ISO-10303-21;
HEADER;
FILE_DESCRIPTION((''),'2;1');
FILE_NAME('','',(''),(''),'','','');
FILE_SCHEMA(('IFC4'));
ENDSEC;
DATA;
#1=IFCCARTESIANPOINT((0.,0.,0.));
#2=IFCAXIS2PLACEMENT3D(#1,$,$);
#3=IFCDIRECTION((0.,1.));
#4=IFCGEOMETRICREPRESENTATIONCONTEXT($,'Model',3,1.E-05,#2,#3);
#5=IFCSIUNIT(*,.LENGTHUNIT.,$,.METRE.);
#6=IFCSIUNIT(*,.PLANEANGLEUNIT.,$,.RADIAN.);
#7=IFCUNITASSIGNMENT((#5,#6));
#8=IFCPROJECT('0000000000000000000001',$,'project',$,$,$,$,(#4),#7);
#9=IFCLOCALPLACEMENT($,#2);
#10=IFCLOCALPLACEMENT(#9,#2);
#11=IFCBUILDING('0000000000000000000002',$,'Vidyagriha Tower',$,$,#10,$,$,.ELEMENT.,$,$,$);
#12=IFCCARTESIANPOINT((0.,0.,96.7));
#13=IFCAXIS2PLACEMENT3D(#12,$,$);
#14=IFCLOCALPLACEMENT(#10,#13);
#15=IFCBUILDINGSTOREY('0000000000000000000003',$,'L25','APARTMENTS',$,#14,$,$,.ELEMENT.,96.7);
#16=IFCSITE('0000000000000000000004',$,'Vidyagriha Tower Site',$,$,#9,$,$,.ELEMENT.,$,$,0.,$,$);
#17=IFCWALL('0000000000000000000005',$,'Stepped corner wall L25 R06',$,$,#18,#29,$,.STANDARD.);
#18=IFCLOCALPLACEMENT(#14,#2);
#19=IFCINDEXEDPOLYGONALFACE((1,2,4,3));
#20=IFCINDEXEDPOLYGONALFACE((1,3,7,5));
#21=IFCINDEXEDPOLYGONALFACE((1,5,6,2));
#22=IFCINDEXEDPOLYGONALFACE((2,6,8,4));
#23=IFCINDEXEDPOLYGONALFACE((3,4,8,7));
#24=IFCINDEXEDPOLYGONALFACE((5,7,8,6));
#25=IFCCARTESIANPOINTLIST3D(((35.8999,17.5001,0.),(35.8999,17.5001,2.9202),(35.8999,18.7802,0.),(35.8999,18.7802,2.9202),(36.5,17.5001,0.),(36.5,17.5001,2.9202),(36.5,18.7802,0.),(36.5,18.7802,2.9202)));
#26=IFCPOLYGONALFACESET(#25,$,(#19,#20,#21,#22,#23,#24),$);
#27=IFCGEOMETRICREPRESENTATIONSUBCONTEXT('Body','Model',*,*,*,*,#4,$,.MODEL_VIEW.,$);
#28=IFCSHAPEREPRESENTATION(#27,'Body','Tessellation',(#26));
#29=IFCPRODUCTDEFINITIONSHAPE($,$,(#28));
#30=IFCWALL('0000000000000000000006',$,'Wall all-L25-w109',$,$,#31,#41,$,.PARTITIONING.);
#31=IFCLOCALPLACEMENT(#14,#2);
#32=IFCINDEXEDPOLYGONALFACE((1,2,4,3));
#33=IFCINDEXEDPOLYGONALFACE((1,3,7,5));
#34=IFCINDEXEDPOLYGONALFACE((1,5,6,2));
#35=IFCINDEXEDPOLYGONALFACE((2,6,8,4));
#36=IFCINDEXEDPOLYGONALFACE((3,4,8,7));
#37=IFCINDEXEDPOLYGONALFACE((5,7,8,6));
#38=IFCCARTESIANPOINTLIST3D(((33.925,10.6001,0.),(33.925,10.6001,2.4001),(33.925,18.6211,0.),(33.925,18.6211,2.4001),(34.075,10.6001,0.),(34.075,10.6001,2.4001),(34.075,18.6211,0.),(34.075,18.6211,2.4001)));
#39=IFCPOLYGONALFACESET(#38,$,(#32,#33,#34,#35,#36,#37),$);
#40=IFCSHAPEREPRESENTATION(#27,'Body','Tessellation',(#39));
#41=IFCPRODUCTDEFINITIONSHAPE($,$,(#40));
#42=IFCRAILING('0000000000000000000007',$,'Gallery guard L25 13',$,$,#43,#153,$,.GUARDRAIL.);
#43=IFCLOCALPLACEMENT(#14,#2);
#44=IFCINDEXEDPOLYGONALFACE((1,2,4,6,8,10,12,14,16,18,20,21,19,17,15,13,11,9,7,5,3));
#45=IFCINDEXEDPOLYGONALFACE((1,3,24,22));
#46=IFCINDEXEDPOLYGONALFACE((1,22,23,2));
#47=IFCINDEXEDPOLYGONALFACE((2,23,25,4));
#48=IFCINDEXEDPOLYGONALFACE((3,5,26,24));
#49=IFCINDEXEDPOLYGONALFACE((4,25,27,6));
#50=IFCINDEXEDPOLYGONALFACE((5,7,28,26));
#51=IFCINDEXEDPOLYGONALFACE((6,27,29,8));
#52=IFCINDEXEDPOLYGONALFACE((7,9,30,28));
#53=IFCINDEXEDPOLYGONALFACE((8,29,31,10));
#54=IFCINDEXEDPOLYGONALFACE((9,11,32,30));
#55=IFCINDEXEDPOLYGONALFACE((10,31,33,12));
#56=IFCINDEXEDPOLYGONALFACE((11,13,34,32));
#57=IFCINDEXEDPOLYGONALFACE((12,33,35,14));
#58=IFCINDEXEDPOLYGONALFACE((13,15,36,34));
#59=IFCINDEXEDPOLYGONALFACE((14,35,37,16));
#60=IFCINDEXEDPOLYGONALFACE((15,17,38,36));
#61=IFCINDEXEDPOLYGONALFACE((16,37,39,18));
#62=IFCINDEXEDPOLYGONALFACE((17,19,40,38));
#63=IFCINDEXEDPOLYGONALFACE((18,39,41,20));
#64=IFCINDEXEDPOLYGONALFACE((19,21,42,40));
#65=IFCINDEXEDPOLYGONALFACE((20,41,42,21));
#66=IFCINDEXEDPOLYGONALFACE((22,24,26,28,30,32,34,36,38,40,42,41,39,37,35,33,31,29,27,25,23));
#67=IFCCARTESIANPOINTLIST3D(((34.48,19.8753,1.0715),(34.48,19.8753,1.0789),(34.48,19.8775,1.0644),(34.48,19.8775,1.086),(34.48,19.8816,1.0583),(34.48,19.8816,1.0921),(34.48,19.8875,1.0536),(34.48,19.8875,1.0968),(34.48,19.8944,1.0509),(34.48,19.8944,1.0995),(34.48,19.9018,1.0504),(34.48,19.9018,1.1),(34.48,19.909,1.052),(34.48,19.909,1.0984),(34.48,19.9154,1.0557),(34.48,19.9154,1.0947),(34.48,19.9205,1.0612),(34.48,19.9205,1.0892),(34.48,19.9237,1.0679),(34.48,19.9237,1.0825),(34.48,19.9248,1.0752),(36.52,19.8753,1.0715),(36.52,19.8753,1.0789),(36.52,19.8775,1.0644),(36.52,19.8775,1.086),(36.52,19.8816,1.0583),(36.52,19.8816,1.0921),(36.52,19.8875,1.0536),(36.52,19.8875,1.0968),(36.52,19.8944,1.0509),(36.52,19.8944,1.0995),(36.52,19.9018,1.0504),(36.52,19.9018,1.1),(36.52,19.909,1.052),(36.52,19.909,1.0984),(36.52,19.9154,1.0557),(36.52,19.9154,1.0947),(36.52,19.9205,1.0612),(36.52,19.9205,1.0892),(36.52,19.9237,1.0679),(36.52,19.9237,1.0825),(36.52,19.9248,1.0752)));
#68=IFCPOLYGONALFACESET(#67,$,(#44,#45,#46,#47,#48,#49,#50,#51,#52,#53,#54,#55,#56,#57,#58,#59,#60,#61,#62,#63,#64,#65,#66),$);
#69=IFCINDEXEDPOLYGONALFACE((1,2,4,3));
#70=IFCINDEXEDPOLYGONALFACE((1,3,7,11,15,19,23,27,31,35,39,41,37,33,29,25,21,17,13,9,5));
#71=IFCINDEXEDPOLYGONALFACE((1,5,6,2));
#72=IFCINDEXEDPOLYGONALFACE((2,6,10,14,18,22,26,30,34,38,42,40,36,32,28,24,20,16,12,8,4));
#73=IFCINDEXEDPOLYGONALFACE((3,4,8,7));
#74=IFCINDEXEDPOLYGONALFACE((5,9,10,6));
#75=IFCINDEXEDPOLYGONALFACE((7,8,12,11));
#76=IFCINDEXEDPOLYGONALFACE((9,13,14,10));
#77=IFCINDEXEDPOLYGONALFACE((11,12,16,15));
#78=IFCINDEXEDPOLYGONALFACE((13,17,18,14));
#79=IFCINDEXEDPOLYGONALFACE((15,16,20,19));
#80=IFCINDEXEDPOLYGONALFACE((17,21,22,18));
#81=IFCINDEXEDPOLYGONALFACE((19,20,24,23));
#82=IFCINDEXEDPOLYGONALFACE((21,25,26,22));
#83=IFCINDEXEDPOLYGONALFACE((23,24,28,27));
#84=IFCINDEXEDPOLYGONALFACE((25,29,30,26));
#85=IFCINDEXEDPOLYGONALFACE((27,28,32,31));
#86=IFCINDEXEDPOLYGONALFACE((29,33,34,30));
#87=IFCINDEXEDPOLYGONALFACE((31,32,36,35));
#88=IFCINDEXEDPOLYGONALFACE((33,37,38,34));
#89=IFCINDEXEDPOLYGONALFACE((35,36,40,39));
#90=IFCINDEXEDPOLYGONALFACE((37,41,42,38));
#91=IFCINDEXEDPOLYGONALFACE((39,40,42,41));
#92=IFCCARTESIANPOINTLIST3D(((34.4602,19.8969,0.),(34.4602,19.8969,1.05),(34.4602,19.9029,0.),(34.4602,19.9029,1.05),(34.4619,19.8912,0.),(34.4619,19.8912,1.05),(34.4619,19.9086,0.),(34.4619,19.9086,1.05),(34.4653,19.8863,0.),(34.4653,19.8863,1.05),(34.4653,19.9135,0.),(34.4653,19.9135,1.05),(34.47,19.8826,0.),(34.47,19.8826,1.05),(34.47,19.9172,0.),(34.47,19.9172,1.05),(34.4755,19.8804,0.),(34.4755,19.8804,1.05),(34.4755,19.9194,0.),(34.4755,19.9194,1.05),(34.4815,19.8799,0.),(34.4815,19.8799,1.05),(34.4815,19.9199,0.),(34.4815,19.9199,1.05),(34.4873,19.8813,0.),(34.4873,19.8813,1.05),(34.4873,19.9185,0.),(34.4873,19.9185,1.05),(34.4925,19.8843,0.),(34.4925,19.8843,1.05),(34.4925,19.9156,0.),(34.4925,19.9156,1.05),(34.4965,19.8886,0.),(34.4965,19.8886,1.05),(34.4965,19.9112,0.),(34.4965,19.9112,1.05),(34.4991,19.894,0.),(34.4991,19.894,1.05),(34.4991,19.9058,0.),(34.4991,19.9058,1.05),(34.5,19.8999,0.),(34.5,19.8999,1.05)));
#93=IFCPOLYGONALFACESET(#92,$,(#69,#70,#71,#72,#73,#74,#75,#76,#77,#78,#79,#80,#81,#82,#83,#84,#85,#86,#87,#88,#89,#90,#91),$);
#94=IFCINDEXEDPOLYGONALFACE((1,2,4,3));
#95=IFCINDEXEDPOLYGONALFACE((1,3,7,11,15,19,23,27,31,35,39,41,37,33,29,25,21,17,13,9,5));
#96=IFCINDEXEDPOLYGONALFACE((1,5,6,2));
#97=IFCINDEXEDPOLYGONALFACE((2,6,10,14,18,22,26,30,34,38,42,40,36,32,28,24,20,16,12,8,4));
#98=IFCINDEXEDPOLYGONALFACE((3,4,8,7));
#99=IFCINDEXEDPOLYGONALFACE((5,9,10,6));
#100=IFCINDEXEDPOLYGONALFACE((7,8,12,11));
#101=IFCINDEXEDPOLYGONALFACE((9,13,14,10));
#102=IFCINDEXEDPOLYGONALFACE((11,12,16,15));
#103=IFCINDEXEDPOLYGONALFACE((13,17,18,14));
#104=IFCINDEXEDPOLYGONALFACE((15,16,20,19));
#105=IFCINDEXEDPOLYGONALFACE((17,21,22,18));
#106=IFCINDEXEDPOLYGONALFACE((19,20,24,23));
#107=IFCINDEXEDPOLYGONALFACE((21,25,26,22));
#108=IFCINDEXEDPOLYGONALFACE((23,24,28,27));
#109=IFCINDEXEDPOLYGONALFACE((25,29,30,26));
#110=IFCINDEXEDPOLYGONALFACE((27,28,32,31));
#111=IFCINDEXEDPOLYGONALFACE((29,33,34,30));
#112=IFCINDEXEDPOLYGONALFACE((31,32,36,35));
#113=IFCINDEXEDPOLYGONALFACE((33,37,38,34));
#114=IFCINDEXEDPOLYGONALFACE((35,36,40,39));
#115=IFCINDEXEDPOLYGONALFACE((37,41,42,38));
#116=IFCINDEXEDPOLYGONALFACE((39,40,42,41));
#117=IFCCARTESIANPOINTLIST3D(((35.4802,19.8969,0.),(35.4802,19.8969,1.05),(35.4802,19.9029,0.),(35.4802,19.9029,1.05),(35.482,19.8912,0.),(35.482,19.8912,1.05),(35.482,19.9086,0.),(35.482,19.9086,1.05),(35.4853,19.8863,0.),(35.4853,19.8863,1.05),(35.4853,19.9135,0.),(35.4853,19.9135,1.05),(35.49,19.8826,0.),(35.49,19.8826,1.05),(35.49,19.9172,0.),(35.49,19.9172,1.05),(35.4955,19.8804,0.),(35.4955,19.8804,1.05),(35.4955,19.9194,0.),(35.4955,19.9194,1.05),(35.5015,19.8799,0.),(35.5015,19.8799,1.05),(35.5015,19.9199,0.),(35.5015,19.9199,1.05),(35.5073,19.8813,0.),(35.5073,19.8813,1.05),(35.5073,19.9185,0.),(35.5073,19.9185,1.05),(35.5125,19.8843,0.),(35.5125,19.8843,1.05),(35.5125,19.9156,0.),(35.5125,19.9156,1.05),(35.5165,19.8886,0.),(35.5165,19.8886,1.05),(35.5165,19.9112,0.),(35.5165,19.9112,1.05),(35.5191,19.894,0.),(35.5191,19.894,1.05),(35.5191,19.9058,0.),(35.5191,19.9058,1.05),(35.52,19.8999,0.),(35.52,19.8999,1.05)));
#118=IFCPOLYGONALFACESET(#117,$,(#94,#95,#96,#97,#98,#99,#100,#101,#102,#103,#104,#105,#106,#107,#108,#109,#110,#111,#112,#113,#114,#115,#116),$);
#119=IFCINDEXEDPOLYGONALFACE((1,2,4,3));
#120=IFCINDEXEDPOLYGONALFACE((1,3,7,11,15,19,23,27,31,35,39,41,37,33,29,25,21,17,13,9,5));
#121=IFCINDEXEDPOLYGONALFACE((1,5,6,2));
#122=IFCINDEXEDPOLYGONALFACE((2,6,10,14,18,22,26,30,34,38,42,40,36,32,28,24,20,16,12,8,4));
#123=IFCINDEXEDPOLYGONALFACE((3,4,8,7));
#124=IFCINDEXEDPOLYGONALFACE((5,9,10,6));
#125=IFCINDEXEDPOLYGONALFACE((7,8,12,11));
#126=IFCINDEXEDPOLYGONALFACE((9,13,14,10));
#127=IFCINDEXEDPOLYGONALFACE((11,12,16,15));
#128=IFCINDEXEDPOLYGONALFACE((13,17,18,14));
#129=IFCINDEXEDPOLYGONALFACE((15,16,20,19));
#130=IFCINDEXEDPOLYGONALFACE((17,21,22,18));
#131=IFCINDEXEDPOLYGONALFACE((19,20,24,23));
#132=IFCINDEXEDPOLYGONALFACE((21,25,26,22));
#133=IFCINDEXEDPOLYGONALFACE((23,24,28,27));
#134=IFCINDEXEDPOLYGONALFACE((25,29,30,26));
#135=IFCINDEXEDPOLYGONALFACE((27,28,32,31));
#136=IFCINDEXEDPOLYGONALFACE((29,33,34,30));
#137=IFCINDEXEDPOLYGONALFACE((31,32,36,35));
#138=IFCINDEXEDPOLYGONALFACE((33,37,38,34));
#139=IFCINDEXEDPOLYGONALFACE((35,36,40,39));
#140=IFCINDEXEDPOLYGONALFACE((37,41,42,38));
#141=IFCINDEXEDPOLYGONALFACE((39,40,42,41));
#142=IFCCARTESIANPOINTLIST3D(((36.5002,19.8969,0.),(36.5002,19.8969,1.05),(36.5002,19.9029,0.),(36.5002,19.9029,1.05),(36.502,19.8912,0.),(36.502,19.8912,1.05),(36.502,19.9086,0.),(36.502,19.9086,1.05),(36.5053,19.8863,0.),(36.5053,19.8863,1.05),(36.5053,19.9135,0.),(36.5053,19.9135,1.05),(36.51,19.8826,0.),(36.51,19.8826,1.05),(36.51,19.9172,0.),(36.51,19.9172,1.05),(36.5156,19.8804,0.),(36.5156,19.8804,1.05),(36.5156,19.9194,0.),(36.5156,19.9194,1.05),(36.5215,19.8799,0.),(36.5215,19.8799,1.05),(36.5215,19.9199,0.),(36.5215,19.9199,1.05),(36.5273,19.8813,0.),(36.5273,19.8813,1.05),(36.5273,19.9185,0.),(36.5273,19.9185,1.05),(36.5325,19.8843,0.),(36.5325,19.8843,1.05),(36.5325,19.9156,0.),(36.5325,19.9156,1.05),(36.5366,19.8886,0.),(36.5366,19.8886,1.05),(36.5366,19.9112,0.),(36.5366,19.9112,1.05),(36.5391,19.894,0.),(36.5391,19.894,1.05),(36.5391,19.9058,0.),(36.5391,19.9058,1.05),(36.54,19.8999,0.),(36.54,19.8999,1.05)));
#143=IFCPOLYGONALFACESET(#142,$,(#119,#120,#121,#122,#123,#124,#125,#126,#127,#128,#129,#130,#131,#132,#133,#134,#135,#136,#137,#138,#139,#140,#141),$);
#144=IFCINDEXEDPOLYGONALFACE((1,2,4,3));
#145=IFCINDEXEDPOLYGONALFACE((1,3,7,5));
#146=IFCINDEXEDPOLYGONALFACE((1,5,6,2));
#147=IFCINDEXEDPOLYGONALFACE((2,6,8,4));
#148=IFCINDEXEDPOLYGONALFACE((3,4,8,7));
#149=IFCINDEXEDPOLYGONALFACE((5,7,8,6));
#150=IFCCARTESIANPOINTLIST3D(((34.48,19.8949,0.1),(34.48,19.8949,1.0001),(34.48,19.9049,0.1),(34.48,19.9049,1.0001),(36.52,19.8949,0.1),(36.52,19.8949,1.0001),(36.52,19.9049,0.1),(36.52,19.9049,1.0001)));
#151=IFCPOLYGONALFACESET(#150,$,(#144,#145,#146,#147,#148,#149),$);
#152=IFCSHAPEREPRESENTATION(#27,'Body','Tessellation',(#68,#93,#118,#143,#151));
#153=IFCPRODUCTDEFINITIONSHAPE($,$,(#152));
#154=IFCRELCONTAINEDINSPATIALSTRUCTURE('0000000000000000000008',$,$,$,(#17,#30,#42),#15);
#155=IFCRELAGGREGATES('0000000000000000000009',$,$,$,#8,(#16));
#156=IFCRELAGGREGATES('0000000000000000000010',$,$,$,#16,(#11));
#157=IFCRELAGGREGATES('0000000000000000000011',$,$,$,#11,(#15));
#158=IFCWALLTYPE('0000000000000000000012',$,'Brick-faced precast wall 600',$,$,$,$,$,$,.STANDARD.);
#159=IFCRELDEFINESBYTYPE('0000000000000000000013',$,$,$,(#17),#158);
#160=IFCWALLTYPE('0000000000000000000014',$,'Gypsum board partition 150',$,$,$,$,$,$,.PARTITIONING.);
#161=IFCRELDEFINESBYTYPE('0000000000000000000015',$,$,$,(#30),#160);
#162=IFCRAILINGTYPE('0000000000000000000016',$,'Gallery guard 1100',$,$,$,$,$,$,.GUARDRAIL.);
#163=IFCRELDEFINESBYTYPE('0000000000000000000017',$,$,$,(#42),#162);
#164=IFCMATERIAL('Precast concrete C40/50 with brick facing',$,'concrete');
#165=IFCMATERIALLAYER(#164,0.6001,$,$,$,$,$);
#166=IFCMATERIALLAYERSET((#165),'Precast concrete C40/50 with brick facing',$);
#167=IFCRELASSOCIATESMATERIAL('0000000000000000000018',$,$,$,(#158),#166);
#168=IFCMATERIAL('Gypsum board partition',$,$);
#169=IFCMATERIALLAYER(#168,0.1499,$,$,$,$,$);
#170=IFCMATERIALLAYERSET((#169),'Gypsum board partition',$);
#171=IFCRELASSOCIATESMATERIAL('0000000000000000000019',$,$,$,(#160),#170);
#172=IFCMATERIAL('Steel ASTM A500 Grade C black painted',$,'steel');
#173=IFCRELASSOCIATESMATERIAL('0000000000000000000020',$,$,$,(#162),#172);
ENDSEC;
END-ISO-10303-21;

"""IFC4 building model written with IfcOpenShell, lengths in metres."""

from ifc_helpers import new_model, si_unit, direction, frame, frame_2d, origin, origin_2d, place, context, subcontext, project, spatial, rectangle, circle, extrude, material, layer, layer_set, type_object, element, save


model = new_model("IFC4")

# Units and contexts
model_context = context("Model", 3, precision=1e-05, world=origin(), true_north=direction((0.0, 1.0)))
body_context = subcontext(model_context, "Body", "Model", "MODEL_VIEW")
ifc_project = project(units=[si_unit("LENGTHUNIT", "METRE"), si_unit("PLANEANGLEUNIT", "RADIAN")], contexts=[model_context])

# Site, building, storey
site_placement = place(None, origin())
site = spatial("IfcSite", under=ifc_project, at=site_placement, Name="Vidyagriha Tower Site", CompositionType="ELEMENT", RefElevation=0.0)
building_placement = place(site_placement, origin())
building = spatial("IfcBuilding", under=site, at=building_placement, Name="Vidyagriha Tower", CompositionType="ELEMENT")
storey_placement = place(building_placement, frame((0.0, 0.0, 96.7)))
storey = spatial("IfcBuildingStorey", under=building, at=storey_placement, Name="L25", Description="APARTMENTS", CompositionType="ELEMENT", Elevation=96.7)

# Shared definitions
ifc_material_1 = material(Name="Precast concrete C40/50 with brick facing", Category="concrete")
ifc_layer_1 = layer(ifc_material_1, 0.6001)
ifc_layer_set_1 = layer_set([ifc_layer_1], Name="Precast concrete C40/50 with brick facing")
wall_type_1 = type_object("IfcWallType", Name="Brick-faced precast wall 600", PredefinedType="STANDARD", material=ifc_layer_set_1)

# Walls
wall_1_placement = place(storey_placement, frame((36.2, 17.5, 0.0), z_axis=(0.0, 0.0, 1.0), x_axis=(0.0, 1.0, 0.0)))
element("IfcWall", 1, at=wall_1_placement, inside=storey, type_object=wall_type_1, Name="Stepped corner wall L25 R06", PredefinedType="STANDARD", context=body_context, shape_type="SweptSolid", body=[
    extrude(rectangle(XDim=1.28, YDim=0.6001, at=frame_2d((0.6401, 0.0))), origin(), (0.0, 0.0, 1.0), 2.9202),
])
ifc_material_2 = material(Name="Gypsum board partition")
ifc_layer_2 = layer(ifc_material_2, 0.1499)
ifc_layer_set_2 = layer_set([ifc_layer_2], Name="Gypsum board partition")
wall_type_2 = type_object("IfcWallType", Name="Gypsum board partition 150", PredefinedType="PARTITIONING", material=ifc_layer_set_2)
wall_2_placement = place(storey_placement, frame((34.0, 18.6211, 0.0), z_axis=(0.0, 0.0, 1.0), x_axis=(0.0, -1.0, 0.0)))
element("IfcWall", 2, at=wall_2_placement, inside=storey, type_object=wall_type_2, Name="Wall all-L25-w109", PredefinedType="PARTITIONING", context=body_context, shape_type="SweptSolid", body=[
    extrude(rectangle(XDim=8.021, YDim=0.1499, at=frame_2d((4.0105, 0.0))), origin(), (0.0, 0.0, 1.0), 2.4001),
])

# Railing
ifc_material_3 = material(Name="Steel ASTM A500 Grade C black painted", Category="steel")
railing_type = type_object("IfcRailingType", Name="Gallery guard 1100", PredefinedType="GUARDRAIL", material=ifc_material_3)
railing_1_placement = place(storey_placement, frame((34.48, 19.8999, 0.0)))
element("IfcRailing", 3, at=railing_1_placement, inside=storey, type_object=railing_type, Name="Gallery guard L25 13", PredefinedType="GUARDRAIL", context=body_context, shape_type="SweptSolid", body=[
    extrude(circle(Radius=0.0249, at=origin_2d()), frame((0.0, 0.0, 1.0752), z_axis=(1.0, 0.0, 0.0), x_axis=(0.0, 1.0, 0.0)), (0.0, 0.0, 1.0), 2.04),
    extrude(circle(Radius=0.02, at=origin_2d()), origin(), (0.0, 0.0, 1.0), 1.05),
    extrude(circle(Radius=0.02, at=origin_2d()), frame((1.02, 0.0, 0.0)), (0.0, 0.0, 1.0), 1.05),
    extrude(circle(Radius=0.02, at=origin_2d()), frame((2.04, 0.0, 0.0)), (0.0, 0.0, 1.0), 1.05),
    extrude(rectangle(XDim=0.01, YDim=0.9001, at=origin_2d()), frame((0.0, 0.0, 0.55), z_axis=(1.0, 0.0, 0.0), x_axis=(0.0, 1.0, 0.0)), (0.0, 0.0, 1.0), 2.04),
])

save(model, "model.ifc")
